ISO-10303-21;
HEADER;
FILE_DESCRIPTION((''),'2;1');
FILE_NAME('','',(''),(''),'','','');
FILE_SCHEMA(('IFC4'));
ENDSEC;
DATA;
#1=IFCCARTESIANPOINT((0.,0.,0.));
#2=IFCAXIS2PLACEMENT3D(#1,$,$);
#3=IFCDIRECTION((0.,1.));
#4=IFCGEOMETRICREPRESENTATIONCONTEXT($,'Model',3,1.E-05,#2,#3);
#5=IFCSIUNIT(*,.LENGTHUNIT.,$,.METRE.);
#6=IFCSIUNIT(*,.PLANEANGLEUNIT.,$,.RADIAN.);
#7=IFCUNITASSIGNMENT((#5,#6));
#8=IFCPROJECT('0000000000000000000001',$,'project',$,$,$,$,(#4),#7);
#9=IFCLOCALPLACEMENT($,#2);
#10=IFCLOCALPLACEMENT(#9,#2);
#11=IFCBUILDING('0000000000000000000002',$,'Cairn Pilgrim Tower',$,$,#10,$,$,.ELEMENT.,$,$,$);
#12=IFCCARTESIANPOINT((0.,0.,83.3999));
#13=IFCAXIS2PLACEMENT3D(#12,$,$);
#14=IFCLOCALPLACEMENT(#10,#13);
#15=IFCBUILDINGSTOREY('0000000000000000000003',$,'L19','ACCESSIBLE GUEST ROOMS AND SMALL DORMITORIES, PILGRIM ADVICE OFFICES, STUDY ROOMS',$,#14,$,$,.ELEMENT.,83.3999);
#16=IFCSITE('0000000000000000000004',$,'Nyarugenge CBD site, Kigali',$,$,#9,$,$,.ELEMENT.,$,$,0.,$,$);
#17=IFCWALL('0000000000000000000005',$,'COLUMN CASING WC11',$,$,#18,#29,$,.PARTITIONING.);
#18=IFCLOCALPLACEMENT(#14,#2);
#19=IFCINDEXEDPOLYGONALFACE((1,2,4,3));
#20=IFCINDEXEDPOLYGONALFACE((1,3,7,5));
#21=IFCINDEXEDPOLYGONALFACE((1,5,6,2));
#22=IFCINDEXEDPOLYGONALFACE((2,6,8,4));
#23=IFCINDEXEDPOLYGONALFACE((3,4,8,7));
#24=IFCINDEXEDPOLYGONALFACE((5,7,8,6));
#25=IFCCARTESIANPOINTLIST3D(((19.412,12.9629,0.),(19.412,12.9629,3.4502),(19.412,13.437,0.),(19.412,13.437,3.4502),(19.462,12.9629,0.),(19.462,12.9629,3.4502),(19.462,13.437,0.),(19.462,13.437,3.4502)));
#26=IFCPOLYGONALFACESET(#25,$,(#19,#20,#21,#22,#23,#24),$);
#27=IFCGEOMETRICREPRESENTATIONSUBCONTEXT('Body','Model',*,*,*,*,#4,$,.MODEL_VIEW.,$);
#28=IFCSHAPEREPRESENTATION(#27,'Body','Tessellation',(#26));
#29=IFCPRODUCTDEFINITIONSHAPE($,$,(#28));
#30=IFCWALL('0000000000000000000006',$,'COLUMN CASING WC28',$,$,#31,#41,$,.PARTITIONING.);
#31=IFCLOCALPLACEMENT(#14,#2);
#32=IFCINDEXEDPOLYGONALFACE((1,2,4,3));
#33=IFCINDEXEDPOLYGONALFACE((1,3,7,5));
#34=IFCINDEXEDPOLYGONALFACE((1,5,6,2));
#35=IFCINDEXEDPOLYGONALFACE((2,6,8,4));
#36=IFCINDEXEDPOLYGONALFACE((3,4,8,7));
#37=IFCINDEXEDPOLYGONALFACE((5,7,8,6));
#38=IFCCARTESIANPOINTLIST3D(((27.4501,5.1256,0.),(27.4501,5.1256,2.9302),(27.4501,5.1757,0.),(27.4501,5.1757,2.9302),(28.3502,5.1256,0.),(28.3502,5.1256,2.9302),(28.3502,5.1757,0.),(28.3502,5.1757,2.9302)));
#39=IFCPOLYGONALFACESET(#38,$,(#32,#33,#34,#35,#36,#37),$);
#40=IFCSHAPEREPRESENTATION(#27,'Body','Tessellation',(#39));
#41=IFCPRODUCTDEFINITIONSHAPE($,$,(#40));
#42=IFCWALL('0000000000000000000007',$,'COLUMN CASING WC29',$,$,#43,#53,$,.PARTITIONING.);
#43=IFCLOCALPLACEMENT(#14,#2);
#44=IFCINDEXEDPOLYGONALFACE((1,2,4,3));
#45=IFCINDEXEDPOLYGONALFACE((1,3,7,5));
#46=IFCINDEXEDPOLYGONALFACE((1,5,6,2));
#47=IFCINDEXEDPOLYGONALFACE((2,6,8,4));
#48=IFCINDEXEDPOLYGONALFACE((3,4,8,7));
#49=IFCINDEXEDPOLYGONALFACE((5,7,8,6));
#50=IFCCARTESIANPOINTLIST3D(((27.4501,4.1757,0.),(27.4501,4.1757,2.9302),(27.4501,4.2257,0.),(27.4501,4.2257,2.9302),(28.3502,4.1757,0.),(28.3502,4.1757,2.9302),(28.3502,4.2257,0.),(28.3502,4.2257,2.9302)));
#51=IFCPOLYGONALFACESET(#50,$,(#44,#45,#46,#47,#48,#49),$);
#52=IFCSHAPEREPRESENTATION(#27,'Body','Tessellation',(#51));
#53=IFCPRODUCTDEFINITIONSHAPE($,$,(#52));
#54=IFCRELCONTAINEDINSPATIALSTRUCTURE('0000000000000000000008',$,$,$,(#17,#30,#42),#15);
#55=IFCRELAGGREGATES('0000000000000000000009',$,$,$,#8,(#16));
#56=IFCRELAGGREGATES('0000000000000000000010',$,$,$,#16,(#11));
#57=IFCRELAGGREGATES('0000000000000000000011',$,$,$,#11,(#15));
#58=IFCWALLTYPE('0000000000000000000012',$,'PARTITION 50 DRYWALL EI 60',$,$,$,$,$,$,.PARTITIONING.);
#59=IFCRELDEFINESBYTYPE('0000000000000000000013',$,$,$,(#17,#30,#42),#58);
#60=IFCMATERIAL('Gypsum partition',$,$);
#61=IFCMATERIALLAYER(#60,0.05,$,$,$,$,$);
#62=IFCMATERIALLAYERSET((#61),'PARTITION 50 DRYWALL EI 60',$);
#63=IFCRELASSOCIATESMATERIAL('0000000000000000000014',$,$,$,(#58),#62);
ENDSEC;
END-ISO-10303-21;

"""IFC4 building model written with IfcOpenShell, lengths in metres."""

from ifc_helpers import new_model, si_unit, direction, frame, frame_2d, origin, place, context, subcontext, project, spatial, rectangle, extrude, material, layer, layer_set, type_object, element, save


model = new_model("IFC4")

# Units and contexts
model_context = context("Model", 3, precision=1e-05, world=origin(), true_north=direction((0.0, 1.0)))
body_context = subcontext(model_context, "Body", "Model", "MODEL_VIEW")
ifc_project = project(units=[si_unit("LENGTHUNIT", "METRE"), si_unit("PLANEANGLEUNIT", "RADIAN")], contexts=[model_context])

# Site, building, storey
site_placement = place(None, origin())
site = spatial("IfcSite", under=ifc_project, at=site_placement, Name="Nyarugenge CBD site, Kigali", CompositionType="ELEMENT", RefElevation=0.0)
building_placement = place(site_placement, origin())
building = spatial("IfcBuilding", under=site, at=building_placement, Name="Cairn Pilgrim Tower", CompositionType="ELEMENT")
storey_placement = place(building_placement, frame((0.0, 0.0, 83.3999)))
storey = spatial("IfcBuildingStorey", under=building, at=storey_placement, Name="L19", Description="ACCESSIBLE GUEST ROOMS AND SMALL DORMITORIES, PILGRIM ADVICE OFFICES, STUDY ROOMS", CompositionType="ELEMENT", Elevation=83.3999)

# Shared definitions
ifc_material_1 = material(Name="Gypsum partition")

# Walls
ifc_layer_1 = layer(ifc_material_1, 0.05)
ifc_layer_set_1 = layer_set([ifc_layer_1], Name="PARTITION 50 DRYWALL EI 60")
wall_type_1 = type_object("IfcWallType", Name="PARTITION 50 DRYWALL EI 60", PredefinedType="PARTITIONING", material=ifc_layer_set_1)
wall_1_placement = place(storey_placement, frame((19.437, 12.9629, 0.0), z_axis=(0.0, 0.0, 1.0), x_axis=(0.0, 1.0, 0.0)))
element("IfcWall", 1, at=wall_1_placement, inside=storey, type_object=wall_type_1, Name="COLUMN CASING WC11", PredefinedType="PARTITIONING", context=body_context, shape_type="SweptSolid", body=[
    extrude(rectangle(XDim=0.4741, YDim=0.05, at=frame_2d((0.2371, 0.0))), origin(), (0.0, 0.0, 1.0), 3.4502),
])
for number, where, z_axis, x_axis, name in (
    (2, (27.45, 5.1506, 0.0), (0.0, 0.0, 1.0), (1.0, 0.0, 0.0), "COLUMN CASING WC28"),
    (3, (27.45, 4.2007, 0.0), (0.0, 0.0, 1.0), (1.0, 0.0, 0.0), "COLUMN CASING WC29"),
):
    element("IfcWall", number, at=place(storey_placement, frame(where, z_axis=z_axis, x_axis=x_axis)), inside=storey, type_object=wall_type_1, Name=name, PredefinedType="PARTITIONING", context=body_context, shape_type="SweptSolid", body=[
        extrude(rectangle(XDim=0.9001, YDim=0.05, at=frame_2d((0.4502, 0.0))), origin(), (0.0, 0.0, 1.0), 2.9302),
    ])

save(model, "model.ifc")
